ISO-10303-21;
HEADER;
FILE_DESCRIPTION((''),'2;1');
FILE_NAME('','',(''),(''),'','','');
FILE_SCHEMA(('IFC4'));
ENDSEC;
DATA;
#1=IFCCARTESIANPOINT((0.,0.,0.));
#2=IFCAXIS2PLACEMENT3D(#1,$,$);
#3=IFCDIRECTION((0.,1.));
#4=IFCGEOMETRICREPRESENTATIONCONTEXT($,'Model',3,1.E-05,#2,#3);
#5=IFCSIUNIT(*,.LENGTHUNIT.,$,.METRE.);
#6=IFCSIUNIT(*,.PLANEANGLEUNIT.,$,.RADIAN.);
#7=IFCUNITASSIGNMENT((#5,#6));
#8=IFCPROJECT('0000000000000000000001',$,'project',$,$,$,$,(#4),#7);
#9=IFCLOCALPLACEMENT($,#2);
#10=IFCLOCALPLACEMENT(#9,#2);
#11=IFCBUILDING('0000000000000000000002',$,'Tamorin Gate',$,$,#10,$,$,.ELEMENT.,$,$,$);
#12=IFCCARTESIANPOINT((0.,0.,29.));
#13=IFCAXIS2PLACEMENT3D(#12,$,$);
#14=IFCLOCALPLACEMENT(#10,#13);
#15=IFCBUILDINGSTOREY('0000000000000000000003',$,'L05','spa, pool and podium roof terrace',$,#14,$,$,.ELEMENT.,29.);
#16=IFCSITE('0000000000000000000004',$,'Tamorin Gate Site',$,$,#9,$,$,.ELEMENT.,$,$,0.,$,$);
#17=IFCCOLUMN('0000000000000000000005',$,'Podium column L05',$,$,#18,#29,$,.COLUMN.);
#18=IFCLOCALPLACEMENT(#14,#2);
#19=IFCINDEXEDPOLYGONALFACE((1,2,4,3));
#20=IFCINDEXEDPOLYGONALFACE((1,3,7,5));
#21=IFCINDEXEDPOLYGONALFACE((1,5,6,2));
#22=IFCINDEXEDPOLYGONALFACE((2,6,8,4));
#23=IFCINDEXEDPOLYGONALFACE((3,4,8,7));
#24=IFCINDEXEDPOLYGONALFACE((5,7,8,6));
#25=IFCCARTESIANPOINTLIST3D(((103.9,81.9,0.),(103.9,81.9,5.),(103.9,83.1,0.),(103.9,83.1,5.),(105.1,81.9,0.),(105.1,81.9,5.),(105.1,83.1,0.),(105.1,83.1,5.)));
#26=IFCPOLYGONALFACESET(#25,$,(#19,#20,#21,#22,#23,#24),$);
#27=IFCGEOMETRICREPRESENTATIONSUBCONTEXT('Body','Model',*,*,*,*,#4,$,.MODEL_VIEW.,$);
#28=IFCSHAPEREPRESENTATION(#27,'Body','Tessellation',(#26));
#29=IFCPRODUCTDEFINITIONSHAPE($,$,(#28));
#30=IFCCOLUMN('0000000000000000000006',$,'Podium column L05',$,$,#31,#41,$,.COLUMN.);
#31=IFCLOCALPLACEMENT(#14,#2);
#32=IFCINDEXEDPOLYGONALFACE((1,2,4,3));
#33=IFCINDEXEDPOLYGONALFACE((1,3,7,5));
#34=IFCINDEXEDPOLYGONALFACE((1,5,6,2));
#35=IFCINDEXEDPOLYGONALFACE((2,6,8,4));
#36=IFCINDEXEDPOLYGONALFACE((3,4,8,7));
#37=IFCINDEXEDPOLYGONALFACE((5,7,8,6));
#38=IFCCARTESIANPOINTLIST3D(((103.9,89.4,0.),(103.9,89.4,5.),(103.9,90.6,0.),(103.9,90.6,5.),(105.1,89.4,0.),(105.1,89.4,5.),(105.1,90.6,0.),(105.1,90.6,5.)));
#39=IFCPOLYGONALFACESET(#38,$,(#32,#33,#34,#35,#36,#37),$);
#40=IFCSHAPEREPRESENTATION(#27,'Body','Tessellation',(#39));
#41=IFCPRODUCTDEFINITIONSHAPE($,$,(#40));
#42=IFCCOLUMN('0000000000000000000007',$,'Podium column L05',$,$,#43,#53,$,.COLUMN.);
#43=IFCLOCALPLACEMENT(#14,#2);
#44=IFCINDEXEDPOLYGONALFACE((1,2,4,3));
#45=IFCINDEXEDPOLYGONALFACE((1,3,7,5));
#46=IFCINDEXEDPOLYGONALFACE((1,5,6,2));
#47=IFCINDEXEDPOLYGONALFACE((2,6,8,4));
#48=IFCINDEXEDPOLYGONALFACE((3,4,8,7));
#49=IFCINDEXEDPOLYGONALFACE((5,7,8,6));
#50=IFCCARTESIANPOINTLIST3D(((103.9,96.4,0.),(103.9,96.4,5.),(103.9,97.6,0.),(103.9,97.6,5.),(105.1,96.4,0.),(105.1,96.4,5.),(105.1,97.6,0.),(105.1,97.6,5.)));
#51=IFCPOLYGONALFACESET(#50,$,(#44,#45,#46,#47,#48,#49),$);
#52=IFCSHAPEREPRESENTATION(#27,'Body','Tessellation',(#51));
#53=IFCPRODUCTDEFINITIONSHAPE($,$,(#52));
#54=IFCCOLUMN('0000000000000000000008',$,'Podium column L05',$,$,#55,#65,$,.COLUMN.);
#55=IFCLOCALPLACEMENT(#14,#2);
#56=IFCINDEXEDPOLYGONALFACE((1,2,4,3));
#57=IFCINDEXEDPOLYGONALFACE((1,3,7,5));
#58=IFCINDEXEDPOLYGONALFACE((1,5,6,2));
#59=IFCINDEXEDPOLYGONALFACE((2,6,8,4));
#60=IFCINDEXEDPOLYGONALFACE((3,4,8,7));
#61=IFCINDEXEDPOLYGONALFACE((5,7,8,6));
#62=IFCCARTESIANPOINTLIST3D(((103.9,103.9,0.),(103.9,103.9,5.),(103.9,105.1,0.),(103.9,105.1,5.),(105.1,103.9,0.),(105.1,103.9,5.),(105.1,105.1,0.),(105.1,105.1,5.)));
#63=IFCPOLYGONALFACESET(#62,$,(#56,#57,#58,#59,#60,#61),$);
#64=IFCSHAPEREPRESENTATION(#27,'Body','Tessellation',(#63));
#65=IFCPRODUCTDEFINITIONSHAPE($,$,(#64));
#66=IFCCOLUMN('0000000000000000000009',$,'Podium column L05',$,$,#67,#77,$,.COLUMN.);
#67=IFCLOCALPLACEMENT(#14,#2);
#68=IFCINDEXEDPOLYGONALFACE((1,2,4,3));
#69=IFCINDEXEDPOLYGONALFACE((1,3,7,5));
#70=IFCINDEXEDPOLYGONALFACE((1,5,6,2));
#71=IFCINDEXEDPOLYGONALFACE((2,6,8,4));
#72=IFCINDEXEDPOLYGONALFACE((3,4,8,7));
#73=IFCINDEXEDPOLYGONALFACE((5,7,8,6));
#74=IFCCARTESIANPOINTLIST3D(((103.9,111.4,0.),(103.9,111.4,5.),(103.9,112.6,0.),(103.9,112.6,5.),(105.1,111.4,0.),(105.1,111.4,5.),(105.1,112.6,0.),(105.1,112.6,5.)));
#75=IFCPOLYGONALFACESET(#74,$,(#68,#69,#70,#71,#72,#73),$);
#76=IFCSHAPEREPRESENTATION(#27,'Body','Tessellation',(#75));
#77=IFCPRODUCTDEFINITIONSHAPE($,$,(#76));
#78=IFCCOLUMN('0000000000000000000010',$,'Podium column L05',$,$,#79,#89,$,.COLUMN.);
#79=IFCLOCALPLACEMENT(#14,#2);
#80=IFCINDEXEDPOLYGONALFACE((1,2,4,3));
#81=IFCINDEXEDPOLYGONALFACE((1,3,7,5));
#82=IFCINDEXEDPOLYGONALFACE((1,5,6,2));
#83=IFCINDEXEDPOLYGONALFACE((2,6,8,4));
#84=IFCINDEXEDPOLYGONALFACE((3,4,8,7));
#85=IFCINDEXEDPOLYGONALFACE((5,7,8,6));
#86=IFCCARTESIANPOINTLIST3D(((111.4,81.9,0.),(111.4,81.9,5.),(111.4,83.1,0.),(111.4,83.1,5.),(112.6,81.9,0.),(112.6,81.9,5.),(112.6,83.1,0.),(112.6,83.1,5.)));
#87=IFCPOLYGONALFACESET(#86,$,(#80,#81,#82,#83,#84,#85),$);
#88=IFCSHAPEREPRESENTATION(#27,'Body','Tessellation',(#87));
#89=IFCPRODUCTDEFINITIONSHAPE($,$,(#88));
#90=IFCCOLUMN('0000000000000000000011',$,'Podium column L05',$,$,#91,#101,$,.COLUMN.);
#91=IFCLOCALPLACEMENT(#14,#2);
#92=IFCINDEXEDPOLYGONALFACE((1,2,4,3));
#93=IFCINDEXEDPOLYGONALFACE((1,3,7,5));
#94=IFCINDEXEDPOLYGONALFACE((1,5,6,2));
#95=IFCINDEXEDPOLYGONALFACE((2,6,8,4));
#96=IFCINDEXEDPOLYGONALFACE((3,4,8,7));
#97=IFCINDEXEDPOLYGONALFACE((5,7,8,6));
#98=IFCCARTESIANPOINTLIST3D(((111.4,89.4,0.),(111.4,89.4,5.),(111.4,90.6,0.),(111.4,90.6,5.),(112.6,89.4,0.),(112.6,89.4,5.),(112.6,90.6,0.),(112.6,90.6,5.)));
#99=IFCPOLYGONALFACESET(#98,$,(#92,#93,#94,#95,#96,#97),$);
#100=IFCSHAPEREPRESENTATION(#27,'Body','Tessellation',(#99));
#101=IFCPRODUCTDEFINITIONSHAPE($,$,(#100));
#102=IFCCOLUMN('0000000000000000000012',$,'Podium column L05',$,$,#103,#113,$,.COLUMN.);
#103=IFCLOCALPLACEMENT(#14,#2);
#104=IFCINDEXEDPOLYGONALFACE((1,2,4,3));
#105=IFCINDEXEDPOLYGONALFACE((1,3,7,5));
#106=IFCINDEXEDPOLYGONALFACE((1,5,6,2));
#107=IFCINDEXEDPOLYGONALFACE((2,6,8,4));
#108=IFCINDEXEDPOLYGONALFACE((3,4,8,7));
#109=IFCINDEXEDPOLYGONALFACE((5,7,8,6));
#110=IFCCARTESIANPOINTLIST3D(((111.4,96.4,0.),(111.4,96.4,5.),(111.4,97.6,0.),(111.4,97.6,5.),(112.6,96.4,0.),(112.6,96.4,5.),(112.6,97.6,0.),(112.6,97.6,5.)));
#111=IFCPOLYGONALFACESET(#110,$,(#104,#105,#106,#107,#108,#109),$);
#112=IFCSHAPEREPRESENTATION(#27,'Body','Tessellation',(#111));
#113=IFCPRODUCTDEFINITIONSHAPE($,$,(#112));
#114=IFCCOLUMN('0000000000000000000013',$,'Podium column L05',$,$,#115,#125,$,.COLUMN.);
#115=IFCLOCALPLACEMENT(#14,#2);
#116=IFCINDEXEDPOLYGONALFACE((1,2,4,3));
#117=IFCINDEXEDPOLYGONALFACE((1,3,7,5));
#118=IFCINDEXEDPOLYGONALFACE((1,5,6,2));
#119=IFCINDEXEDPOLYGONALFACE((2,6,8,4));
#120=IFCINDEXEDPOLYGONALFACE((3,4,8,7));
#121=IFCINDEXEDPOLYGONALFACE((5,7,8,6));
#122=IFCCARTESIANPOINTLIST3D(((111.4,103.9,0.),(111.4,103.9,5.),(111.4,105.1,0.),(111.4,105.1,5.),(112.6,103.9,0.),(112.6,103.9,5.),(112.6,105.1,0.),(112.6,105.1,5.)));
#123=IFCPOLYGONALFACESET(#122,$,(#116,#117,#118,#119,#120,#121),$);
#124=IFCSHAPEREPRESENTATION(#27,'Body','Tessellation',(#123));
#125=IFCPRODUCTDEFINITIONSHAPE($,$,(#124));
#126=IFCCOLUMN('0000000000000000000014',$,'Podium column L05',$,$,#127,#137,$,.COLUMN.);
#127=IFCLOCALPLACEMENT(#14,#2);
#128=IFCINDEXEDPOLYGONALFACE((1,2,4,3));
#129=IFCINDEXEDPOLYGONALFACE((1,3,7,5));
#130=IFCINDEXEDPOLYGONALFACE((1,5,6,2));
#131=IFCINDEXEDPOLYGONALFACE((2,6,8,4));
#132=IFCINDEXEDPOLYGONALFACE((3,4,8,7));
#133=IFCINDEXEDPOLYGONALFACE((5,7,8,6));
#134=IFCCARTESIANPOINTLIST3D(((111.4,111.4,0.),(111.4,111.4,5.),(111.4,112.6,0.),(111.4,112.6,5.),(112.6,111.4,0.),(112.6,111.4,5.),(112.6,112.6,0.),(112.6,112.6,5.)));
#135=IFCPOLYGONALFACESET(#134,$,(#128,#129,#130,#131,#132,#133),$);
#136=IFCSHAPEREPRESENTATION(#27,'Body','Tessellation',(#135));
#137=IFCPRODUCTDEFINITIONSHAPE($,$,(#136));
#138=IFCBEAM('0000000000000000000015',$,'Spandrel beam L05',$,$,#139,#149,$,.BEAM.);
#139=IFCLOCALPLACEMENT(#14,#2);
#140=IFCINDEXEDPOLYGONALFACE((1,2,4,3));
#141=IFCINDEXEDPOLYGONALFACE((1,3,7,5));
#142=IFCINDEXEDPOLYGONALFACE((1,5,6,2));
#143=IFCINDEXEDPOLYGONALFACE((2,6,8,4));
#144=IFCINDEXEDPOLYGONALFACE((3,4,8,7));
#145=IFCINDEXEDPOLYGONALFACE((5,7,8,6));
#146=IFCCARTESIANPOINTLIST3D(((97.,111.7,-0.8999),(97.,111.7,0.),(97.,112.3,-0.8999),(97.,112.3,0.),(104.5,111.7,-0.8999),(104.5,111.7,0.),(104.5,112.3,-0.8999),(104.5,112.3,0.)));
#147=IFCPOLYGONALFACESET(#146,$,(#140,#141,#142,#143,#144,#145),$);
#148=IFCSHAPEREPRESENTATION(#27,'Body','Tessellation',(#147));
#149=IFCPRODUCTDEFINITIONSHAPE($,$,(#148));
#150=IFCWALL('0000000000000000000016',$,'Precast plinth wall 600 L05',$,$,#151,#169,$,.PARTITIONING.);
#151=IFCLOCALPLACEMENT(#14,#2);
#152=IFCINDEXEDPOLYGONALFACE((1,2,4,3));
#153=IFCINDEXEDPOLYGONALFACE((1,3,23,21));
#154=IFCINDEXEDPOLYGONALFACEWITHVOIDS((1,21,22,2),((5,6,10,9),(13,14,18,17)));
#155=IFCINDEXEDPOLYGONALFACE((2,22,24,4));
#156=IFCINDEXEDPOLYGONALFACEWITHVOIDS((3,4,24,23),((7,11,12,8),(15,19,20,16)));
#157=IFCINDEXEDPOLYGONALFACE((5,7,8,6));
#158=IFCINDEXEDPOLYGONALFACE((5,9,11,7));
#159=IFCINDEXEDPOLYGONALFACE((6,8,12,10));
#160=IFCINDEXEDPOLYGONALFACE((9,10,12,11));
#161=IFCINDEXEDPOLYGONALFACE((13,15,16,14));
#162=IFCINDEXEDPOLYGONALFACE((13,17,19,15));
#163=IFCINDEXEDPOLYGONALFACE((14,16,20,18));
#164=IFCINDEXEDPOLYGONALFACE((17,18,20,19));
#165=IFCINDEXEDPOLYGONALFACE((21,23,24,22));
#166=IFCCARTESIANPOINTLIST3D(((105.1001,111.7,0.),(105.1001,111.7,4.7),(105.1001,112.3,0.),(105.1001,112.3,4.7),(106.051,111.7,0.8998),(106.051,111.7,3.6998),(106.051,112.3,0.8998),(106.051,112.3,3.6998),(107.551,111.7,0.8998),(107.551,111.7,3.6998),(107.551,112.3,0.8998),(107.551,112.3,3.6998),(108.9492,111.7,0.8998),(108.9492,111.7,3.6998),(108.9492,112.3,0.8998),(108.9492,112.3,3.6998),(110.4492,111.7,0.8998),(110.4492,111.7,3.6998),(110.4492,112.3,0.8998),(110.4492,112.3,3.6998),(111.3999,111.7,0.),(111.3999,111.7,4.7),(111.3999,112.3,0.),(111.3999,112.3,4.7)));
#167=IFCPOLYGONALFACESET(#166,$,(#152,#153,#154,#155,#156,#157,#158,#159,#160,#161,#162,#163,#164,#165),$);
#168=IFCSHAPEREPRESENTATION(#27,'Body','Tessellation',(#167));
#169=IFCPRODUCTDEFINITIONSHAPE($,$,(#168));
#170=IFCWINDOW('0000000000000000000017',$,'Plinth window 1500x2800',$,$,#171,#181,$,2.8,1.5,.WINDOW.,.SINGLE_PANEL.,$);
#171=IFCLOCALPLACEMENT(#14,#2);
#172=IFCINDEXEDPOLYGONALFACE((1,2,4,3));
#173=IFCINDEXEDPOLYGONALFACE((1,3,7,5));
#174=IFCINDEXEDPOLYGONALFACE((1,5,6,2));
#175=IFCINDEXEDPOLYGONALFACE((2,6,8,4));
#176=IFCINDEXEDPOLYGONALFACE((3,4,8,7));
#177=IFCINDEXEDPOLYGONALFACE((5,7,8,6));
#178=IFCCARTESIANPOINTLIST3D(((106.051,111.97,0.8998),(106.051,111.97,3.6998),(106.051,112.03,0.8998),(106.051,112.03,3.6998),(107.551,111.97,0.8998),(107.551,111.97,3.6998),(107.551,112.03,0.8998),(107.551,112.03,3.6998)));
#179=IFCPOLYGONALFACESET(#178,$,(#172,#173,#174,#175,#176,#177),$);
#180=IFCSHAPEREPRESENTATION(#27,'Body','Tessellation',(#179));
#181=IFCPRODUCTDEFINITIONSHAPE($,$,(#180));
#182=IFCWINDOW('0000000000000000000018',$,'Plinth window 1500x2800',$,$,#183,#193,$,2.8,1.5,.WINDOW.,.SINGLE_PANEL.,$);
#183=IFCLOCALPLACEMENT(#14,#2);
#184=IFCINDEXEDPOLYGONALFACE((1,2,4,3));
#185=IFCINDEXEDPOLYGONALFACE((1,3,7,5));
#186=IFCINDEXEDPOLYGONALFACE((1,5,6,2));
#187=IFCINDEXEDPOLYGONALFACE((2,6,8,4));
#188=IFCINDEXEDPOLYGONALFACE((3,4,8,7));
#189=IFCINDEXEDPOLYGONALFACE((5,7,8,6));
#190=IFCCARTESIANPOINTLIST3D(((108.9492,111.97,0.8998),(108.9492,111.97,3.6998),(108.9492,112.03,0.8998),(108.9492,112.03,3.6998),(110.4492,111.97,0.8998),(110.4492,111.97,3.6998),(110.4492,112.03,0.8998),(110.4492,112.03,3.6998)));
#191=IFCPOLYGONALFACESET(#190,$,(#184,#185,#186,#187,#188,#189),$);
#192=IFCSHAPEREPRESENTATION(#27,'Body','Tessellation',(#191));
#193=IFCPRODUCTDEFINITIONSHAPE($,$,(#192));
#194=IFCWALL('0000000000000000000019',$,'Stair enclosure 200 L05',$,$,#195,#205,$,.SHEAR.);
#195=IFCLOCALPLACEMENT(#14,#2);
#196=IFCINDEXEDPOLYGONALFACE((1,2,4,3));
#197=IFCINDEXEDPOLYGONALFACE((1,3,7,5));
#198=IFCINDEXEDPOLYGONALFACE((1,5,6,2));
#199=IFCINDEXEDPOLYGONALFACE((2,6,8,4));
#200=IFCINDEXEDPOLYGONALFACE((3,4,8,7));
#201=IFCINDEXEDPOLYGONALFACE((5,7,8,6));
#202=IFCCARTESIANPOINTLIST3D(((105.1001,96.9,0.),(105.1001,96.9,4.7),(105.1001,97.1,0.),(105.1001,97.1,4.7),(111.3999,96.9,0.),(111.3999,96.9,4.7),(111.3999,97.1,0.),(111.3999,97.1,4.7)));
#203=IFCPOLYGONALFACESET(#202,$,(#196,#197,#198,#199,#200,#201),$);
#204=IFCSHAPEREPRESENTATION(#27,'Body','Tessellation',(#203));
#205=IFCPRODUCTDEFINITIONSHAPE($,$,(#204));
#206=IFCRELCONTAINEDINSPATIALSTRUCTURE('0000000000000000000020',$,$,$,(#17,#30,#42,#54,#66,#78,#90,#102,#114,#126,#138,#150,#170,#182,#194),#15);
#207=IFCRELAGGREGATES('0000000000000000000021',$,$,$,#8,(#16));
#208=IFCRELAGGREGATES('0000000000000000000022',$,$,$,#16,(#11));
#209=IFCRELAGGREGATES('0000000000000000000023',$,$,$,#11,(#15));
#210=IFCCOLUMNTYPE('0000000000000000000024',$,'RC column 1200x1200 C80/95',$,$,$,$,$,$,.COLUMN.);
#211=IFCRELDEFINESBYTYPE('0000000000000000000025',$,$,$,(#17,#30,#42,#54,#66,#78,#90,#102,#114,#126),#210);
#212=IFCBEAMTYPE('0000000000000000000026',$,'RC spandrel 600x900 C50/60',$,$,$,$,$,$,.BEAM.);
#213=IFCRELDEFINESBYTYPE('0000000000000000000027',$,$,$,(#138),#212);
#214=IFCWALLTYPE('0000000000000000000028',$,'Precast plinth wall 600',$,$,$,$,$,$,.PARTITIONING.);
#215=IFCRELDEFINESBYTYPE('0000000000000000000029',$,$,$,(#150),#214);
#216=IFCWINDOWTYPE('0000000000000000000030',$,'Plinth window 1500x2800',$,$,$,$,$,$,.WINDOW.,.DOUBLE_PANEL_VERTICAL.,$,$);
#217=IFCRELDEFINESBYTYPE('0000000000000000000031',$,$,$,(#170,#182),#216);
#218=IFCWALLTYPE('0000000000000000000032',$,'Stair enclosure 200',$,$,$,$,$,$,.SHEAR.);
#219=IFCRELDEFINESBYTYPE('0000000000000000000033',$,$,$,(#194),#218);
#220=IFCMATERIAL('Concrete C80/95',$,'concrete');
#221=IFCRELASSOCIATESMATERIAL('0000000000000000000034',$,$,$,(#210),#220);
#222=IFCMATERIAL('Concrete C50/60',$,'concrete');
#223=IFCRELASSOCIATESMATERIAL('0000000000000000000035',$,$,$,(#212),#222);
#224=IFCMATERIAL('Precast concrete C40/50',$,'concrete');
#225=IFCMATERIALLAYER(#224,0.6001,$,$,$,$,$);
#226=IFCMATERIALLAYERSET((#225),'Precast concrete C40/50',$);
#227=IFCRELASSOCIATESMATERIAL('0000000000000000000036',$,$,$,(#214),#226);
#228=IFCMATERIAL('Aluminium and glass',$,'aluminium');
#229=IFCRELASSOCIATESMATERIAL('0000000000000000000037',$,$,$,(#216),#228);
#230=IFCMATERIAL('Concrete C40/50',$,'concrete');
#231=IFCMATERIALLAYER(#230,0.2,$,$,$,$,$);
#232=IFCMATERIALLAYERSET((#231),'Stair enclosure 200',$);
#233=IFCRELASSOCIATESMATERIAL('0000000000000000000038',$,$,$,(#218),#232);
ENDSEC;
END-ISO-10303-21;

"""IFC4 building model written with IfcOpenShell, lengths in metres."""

from ifc_helpers import new_model, si_unit, direction, frame, frame_2d, origin, origin_2d, place, context, subcontext, project, spatial, rectangle, extrude, material, layer, layer_set, material_profile, profile_set, type_object, element, fill, save


model = new_model("IFC4")

# Units and contexts
model_context = context("Model", 3, precision=1e-05, world=origin(), true_north=direction((0.0, 1.0)))
body_context = subcontext(model_context, "Body", "Model", "MODEL_VIEW")
ifc_project = project(units=[si_unit("LENGTHUNIT", "METRE"), si_unit("PLANEANGLEUNIT", "RADIAN")], contexts=[model_context])

# Site, building, storey
site_placement = place(None, origin())
site = spatial("IfcSite", under=ifc_project, at=site_placement, Name="Tamorin Gate Site", CompositionType="ELEMENT", RefElevation=0.0)
building_placement = place(site_placement, origin())
building = spatial("IfcBuilding", under=site, at=building_placement, Name="Tamorin Gate", CompositionType="ELEMENT")
storey_placement = place(building_placement, frame((0.0, 0.0, 29.0)))
storey = spatial("IfcBuildingStorey", under=building, at=storey_placement, Name="L05", Description="spa, pool and podium roof terrace", CompositionType="ELEMENT", Elevation=29.0)

# Columns
ifc_material_1 = material(Name="Concrete C80/95", Category="concrete")
ifc_material_profile_1 = material_profile(ifc_material_1, rectangle(XDim=1.2, YDim=1.2, at=origin_2d()), Name="RC 1200x1200")
ifc_profile_set_1 = profile_set([ifc_material_profile_1], Name="Concrete C80/95")
column_type = type_object("IfcColumnType", Name="RC column 1200x1200 C80/95", PredefinedType="COLUMN", material=ifc_profile_set_1)
for number, where, z_axis, x_axis, name in (
    (1, (104.5, 82.5, 0.0), (0.0, 0.0, 1.0), (1.0, 0.0, 0.0), "Podium column L05"),
    (2, (104.5, 90.0, 0.0), (0.0, 0.0, 1.0), (1.0, 0.0, 0.0), "Podium column L05"),
    (3, (104.5, 97.0, 0.0), (0.0, 0.0, 1.0), (1.0, 0.0, 0.0), "Podium column L05"),
    (4, (104.5, 104.5, 0.0), (0.0, 0.0, 1.0), (1.0, 0.0, 0.0), "Podium column L05"),
    (5, (104.5, 112.0, 0.0), (0.0, 0.0, 1.0), (1.0, 0.0, 0.0), "Podium column L05"),
    (6, (112.0, 82.5, 0.0), (0.0, 0.0, 1.0), (1.0, 0.0, 0.0), "Podium column L05"),
    (7, (112.0, 90.0, 0.0), (0.0, 0.0, 1.0), (1.0, 0.0, 0.0), "Podium column L05"),
    (8, (112.0, 97.0, 0.0), (0.0, 0.0, 1.0), (1.0, 0.0, 0.0), "Podium column L05"),
    (9, (112.0, 104.5, 0.0), (0.0, 0.0, 1.0), (1.0, 0.0, 0.0), "Podium column L05"),
    (10, (112.0, 112.0, 0.0), (0.0, 0.0, 1.0), (1.0, 0.0, 0.0), "Podium column L05"),
):
    element("IfcColumn", number, at=place(storey_placement, frame(where, z_axis=z_axis, x_axis=x_axis)), inside=storey, type_object=column_type, Name=name, PredefinedType="COLUMN", context=body_context, shape_type="SweptSolid", body=[
        extrude(rectangle(XDim=1.2, YDim=1.2, at=origin_2d()), origin(), (0.0, 0.0, 1.0), 5.0),
    ])

# Beam
ifc_material_2 = material(Name="Concrete C50/60", Category="concrete")
ifc_material_profile_2 = material_profile(ifc_material_2, rectangle(XDim=0.6001, YDim=0.8999, at=origin_2d()), Name="RC 600x900")
ifc_profile_set_2 = profile_set([ifc_material_profile_2], Name="Concrete C50/60")
beam_type = type_object("IfcBeamType", Name="RC spandrel 600x900 C50/60", PredefinedType="BEAM", material=ifc_profile_set_2)
beam_placement = place(storey_placement, frame((104.5, 112.0, -0.45), z_axis=(-1.0, 0.0, 0.0), x_axis=(0.0, -1.0, 0.0)))
element("IfcBeam", 11, at=beam_placement, inside=storey, type_object=beam_type, Name="Spandrel beam L05", PredefinedType="BEAM", context=body_context, shape_type="SweptSolid", body=[
    extrude(rectangle(XDim=0.6001, YDim=0.8999, at=origin_2d()), origin(), (0.0, 0.0, 1.0), 7.5),
])

# Wall, openings, windows
ifc_material_3 = material(Name="Precast concrete C40/50", Category="concrete")
ifc_layer_1 = layer(ifc_material_3, 0.6001)
ifc_layer_set_1 = layer_set([ifc_layer_1], Name="Precast concrete C40/50")
wall_type_1 = type_object("IfcWallType", Name="Precast plinth wall 600", PredefinedType="PARTITIONING", material=ifc_layer_set_1)
wall_placement = place(storey_placement, frame((105.1001, 112.0, 0.0), z_axis=(0.0, 0.0, 1.0), x_axis=(1.0, 0.0, 0.0)))
wall = element("IfcWall", 12, at=wall_placement, inside=storey, type_object=wall_type_1, Name="Precast plinth wall 600 L05", PredefinedType="PARTITIONING", context=body_context, shape_type="SweptSolid", body=[
    extrude(rectangle(XDim=6.2998, YDim=0.6001, at=frame_2d((3.1499, 0.0))), origin(), (0.0, 0.0, 1.0), 4.7),
])
opening_1_placement = place(wall_placement, frame((0.9509, 0.0, 0.8999)))
opening_1 = element("IfcOpeningElement", 13, at=opening_1_placement, cuts=wall, PredefinedType="OPENING", context=body_context, shape_type="SweptSolid", body=[
    extrude(rectangle(XDim=1.5, YDim=2.8, at=frame_2d((0.75, 1.3999))), frame((0.0, 0.3101, 0.0), z_axis=(0.0, -1.0, 0.0), x_axis=(1.0, 0.0, 0.0)), (0.0, 0.0, 1.0), 0.6201),
])
opening_2_placement = place(wall_placement, frame((3.8491, 0.0, 0.8999)))
opening_2 = element("IfcOpeningElement", 14, at=opening_2_placement, cuts=wall, PredefinedType="OPENING", context=body_context, shape_type="SweptSolid", body=[
    extrude(rectangle(XDim=1.5, YDim=2.8, at=frame_2d((0.75, 1.3999))), frame((0.0, 0.3101, 0.0), z_axis=(0.0, -1.0, 0.0), x_axis=(1.0, 0.0, 0.0)), (0.0, 0.0, 1.0), 0.6201),
])
ifc_material_4 = material(Name="Aluminium and glass", Category="aluminium")
window_type = type_object("IfcWindowType", Name="Plinth window 1500x2800", PartitioningType="DOUBLE_PANEL_VERTICAL", PredefinedType="WINDOW", material=ifc_material_4)
window_1_placement = place(opening_1_placement, origin())
window_1 = element("IfcWindow", 15, at=window_1_placement, inside=storey, type_object=window_type, Name="Plinth window 1500x2800", OverallHeight=2.8, OverallWidth=1.5, PartitioningType="SINGLE_PANEL", PredefinedType="WINDOW", context=body_context, shape_type="SweptSolid", body=[
    extrude(rectangle(XDim=1.5, YDim=2.8, at=frame_2d((0.75, 1.3999))), frame((0.0, 0.03, 0.0), z_axis=(0.0, -1.0, 0.0), x_axis=(1.0, 0.0, 0.0)), (0.0, 0.0, 1.0), 0.0601),
])
fill(opening_1, window_1)
window_2_placement = place(opening_2_placement, origin())
window_2 = element("IfcWindow", 16, at=window_2_placement, inside=storey, type_object=window_type, Name="Plinth window 1500x2800", OverallHeight=2.8, OverallWidth=1.5, PartitioningType="SINGLE_PANEL", PredefinedType="WINDOW", context=body_context, shape_type="SweptSolid", body=[
    extrude(rectangle(XDim=1.5, YDim=2.8, at=frame_2d((0.75, 1.3999))), frame((0.0, 0.03, 0.0), z_axis=(0.0, -1.0, 0.0), x_axis=(1.0, 0.0, 0.0)), (0.0, 0.0, 1.0), 0.0601),
])
fill(opening_2, window_2)

# Wall
ifc_material_5 = material(Name="Concrete C40/50", Category="concrete")
ifc_layer_2 = layer(ifc_material_5, 0.2)
ifc_layer_set_2 = layer_set([ifc_layer_2], Name="Stair enclosure 200")
wall_type_2 = type_object("IfcWallType", Name="Stair enclosure 200", PredefinedType="SHEAR", material=ifc_layer_set_2)
for number, where, z_axis, x_axis, name in (
    (17, (105.1001, 97.0, 0.0), (0.0, 0.0, 1.0), (1.0, 0.0, 0.0), "Stair enclosure 200 L05"),
):
    element("IfcWall", number, at=place(storey_placement, frame(where, z_axis=z_axis, x_axis=x_axis)), inside=storey, type_object=wall_type_2, Name=name, PredefinedType="SHEAR", context=body_context, shape_type="SweptSolid", body=[
        extrude(rectangle(XDim=6.2998, YDim=0.2, at=frame_2d((3.1499, 0.0))), origin(), (0.0, 0.0, 1.0), 4.7),
    ])

save(model, "model.ifc")
